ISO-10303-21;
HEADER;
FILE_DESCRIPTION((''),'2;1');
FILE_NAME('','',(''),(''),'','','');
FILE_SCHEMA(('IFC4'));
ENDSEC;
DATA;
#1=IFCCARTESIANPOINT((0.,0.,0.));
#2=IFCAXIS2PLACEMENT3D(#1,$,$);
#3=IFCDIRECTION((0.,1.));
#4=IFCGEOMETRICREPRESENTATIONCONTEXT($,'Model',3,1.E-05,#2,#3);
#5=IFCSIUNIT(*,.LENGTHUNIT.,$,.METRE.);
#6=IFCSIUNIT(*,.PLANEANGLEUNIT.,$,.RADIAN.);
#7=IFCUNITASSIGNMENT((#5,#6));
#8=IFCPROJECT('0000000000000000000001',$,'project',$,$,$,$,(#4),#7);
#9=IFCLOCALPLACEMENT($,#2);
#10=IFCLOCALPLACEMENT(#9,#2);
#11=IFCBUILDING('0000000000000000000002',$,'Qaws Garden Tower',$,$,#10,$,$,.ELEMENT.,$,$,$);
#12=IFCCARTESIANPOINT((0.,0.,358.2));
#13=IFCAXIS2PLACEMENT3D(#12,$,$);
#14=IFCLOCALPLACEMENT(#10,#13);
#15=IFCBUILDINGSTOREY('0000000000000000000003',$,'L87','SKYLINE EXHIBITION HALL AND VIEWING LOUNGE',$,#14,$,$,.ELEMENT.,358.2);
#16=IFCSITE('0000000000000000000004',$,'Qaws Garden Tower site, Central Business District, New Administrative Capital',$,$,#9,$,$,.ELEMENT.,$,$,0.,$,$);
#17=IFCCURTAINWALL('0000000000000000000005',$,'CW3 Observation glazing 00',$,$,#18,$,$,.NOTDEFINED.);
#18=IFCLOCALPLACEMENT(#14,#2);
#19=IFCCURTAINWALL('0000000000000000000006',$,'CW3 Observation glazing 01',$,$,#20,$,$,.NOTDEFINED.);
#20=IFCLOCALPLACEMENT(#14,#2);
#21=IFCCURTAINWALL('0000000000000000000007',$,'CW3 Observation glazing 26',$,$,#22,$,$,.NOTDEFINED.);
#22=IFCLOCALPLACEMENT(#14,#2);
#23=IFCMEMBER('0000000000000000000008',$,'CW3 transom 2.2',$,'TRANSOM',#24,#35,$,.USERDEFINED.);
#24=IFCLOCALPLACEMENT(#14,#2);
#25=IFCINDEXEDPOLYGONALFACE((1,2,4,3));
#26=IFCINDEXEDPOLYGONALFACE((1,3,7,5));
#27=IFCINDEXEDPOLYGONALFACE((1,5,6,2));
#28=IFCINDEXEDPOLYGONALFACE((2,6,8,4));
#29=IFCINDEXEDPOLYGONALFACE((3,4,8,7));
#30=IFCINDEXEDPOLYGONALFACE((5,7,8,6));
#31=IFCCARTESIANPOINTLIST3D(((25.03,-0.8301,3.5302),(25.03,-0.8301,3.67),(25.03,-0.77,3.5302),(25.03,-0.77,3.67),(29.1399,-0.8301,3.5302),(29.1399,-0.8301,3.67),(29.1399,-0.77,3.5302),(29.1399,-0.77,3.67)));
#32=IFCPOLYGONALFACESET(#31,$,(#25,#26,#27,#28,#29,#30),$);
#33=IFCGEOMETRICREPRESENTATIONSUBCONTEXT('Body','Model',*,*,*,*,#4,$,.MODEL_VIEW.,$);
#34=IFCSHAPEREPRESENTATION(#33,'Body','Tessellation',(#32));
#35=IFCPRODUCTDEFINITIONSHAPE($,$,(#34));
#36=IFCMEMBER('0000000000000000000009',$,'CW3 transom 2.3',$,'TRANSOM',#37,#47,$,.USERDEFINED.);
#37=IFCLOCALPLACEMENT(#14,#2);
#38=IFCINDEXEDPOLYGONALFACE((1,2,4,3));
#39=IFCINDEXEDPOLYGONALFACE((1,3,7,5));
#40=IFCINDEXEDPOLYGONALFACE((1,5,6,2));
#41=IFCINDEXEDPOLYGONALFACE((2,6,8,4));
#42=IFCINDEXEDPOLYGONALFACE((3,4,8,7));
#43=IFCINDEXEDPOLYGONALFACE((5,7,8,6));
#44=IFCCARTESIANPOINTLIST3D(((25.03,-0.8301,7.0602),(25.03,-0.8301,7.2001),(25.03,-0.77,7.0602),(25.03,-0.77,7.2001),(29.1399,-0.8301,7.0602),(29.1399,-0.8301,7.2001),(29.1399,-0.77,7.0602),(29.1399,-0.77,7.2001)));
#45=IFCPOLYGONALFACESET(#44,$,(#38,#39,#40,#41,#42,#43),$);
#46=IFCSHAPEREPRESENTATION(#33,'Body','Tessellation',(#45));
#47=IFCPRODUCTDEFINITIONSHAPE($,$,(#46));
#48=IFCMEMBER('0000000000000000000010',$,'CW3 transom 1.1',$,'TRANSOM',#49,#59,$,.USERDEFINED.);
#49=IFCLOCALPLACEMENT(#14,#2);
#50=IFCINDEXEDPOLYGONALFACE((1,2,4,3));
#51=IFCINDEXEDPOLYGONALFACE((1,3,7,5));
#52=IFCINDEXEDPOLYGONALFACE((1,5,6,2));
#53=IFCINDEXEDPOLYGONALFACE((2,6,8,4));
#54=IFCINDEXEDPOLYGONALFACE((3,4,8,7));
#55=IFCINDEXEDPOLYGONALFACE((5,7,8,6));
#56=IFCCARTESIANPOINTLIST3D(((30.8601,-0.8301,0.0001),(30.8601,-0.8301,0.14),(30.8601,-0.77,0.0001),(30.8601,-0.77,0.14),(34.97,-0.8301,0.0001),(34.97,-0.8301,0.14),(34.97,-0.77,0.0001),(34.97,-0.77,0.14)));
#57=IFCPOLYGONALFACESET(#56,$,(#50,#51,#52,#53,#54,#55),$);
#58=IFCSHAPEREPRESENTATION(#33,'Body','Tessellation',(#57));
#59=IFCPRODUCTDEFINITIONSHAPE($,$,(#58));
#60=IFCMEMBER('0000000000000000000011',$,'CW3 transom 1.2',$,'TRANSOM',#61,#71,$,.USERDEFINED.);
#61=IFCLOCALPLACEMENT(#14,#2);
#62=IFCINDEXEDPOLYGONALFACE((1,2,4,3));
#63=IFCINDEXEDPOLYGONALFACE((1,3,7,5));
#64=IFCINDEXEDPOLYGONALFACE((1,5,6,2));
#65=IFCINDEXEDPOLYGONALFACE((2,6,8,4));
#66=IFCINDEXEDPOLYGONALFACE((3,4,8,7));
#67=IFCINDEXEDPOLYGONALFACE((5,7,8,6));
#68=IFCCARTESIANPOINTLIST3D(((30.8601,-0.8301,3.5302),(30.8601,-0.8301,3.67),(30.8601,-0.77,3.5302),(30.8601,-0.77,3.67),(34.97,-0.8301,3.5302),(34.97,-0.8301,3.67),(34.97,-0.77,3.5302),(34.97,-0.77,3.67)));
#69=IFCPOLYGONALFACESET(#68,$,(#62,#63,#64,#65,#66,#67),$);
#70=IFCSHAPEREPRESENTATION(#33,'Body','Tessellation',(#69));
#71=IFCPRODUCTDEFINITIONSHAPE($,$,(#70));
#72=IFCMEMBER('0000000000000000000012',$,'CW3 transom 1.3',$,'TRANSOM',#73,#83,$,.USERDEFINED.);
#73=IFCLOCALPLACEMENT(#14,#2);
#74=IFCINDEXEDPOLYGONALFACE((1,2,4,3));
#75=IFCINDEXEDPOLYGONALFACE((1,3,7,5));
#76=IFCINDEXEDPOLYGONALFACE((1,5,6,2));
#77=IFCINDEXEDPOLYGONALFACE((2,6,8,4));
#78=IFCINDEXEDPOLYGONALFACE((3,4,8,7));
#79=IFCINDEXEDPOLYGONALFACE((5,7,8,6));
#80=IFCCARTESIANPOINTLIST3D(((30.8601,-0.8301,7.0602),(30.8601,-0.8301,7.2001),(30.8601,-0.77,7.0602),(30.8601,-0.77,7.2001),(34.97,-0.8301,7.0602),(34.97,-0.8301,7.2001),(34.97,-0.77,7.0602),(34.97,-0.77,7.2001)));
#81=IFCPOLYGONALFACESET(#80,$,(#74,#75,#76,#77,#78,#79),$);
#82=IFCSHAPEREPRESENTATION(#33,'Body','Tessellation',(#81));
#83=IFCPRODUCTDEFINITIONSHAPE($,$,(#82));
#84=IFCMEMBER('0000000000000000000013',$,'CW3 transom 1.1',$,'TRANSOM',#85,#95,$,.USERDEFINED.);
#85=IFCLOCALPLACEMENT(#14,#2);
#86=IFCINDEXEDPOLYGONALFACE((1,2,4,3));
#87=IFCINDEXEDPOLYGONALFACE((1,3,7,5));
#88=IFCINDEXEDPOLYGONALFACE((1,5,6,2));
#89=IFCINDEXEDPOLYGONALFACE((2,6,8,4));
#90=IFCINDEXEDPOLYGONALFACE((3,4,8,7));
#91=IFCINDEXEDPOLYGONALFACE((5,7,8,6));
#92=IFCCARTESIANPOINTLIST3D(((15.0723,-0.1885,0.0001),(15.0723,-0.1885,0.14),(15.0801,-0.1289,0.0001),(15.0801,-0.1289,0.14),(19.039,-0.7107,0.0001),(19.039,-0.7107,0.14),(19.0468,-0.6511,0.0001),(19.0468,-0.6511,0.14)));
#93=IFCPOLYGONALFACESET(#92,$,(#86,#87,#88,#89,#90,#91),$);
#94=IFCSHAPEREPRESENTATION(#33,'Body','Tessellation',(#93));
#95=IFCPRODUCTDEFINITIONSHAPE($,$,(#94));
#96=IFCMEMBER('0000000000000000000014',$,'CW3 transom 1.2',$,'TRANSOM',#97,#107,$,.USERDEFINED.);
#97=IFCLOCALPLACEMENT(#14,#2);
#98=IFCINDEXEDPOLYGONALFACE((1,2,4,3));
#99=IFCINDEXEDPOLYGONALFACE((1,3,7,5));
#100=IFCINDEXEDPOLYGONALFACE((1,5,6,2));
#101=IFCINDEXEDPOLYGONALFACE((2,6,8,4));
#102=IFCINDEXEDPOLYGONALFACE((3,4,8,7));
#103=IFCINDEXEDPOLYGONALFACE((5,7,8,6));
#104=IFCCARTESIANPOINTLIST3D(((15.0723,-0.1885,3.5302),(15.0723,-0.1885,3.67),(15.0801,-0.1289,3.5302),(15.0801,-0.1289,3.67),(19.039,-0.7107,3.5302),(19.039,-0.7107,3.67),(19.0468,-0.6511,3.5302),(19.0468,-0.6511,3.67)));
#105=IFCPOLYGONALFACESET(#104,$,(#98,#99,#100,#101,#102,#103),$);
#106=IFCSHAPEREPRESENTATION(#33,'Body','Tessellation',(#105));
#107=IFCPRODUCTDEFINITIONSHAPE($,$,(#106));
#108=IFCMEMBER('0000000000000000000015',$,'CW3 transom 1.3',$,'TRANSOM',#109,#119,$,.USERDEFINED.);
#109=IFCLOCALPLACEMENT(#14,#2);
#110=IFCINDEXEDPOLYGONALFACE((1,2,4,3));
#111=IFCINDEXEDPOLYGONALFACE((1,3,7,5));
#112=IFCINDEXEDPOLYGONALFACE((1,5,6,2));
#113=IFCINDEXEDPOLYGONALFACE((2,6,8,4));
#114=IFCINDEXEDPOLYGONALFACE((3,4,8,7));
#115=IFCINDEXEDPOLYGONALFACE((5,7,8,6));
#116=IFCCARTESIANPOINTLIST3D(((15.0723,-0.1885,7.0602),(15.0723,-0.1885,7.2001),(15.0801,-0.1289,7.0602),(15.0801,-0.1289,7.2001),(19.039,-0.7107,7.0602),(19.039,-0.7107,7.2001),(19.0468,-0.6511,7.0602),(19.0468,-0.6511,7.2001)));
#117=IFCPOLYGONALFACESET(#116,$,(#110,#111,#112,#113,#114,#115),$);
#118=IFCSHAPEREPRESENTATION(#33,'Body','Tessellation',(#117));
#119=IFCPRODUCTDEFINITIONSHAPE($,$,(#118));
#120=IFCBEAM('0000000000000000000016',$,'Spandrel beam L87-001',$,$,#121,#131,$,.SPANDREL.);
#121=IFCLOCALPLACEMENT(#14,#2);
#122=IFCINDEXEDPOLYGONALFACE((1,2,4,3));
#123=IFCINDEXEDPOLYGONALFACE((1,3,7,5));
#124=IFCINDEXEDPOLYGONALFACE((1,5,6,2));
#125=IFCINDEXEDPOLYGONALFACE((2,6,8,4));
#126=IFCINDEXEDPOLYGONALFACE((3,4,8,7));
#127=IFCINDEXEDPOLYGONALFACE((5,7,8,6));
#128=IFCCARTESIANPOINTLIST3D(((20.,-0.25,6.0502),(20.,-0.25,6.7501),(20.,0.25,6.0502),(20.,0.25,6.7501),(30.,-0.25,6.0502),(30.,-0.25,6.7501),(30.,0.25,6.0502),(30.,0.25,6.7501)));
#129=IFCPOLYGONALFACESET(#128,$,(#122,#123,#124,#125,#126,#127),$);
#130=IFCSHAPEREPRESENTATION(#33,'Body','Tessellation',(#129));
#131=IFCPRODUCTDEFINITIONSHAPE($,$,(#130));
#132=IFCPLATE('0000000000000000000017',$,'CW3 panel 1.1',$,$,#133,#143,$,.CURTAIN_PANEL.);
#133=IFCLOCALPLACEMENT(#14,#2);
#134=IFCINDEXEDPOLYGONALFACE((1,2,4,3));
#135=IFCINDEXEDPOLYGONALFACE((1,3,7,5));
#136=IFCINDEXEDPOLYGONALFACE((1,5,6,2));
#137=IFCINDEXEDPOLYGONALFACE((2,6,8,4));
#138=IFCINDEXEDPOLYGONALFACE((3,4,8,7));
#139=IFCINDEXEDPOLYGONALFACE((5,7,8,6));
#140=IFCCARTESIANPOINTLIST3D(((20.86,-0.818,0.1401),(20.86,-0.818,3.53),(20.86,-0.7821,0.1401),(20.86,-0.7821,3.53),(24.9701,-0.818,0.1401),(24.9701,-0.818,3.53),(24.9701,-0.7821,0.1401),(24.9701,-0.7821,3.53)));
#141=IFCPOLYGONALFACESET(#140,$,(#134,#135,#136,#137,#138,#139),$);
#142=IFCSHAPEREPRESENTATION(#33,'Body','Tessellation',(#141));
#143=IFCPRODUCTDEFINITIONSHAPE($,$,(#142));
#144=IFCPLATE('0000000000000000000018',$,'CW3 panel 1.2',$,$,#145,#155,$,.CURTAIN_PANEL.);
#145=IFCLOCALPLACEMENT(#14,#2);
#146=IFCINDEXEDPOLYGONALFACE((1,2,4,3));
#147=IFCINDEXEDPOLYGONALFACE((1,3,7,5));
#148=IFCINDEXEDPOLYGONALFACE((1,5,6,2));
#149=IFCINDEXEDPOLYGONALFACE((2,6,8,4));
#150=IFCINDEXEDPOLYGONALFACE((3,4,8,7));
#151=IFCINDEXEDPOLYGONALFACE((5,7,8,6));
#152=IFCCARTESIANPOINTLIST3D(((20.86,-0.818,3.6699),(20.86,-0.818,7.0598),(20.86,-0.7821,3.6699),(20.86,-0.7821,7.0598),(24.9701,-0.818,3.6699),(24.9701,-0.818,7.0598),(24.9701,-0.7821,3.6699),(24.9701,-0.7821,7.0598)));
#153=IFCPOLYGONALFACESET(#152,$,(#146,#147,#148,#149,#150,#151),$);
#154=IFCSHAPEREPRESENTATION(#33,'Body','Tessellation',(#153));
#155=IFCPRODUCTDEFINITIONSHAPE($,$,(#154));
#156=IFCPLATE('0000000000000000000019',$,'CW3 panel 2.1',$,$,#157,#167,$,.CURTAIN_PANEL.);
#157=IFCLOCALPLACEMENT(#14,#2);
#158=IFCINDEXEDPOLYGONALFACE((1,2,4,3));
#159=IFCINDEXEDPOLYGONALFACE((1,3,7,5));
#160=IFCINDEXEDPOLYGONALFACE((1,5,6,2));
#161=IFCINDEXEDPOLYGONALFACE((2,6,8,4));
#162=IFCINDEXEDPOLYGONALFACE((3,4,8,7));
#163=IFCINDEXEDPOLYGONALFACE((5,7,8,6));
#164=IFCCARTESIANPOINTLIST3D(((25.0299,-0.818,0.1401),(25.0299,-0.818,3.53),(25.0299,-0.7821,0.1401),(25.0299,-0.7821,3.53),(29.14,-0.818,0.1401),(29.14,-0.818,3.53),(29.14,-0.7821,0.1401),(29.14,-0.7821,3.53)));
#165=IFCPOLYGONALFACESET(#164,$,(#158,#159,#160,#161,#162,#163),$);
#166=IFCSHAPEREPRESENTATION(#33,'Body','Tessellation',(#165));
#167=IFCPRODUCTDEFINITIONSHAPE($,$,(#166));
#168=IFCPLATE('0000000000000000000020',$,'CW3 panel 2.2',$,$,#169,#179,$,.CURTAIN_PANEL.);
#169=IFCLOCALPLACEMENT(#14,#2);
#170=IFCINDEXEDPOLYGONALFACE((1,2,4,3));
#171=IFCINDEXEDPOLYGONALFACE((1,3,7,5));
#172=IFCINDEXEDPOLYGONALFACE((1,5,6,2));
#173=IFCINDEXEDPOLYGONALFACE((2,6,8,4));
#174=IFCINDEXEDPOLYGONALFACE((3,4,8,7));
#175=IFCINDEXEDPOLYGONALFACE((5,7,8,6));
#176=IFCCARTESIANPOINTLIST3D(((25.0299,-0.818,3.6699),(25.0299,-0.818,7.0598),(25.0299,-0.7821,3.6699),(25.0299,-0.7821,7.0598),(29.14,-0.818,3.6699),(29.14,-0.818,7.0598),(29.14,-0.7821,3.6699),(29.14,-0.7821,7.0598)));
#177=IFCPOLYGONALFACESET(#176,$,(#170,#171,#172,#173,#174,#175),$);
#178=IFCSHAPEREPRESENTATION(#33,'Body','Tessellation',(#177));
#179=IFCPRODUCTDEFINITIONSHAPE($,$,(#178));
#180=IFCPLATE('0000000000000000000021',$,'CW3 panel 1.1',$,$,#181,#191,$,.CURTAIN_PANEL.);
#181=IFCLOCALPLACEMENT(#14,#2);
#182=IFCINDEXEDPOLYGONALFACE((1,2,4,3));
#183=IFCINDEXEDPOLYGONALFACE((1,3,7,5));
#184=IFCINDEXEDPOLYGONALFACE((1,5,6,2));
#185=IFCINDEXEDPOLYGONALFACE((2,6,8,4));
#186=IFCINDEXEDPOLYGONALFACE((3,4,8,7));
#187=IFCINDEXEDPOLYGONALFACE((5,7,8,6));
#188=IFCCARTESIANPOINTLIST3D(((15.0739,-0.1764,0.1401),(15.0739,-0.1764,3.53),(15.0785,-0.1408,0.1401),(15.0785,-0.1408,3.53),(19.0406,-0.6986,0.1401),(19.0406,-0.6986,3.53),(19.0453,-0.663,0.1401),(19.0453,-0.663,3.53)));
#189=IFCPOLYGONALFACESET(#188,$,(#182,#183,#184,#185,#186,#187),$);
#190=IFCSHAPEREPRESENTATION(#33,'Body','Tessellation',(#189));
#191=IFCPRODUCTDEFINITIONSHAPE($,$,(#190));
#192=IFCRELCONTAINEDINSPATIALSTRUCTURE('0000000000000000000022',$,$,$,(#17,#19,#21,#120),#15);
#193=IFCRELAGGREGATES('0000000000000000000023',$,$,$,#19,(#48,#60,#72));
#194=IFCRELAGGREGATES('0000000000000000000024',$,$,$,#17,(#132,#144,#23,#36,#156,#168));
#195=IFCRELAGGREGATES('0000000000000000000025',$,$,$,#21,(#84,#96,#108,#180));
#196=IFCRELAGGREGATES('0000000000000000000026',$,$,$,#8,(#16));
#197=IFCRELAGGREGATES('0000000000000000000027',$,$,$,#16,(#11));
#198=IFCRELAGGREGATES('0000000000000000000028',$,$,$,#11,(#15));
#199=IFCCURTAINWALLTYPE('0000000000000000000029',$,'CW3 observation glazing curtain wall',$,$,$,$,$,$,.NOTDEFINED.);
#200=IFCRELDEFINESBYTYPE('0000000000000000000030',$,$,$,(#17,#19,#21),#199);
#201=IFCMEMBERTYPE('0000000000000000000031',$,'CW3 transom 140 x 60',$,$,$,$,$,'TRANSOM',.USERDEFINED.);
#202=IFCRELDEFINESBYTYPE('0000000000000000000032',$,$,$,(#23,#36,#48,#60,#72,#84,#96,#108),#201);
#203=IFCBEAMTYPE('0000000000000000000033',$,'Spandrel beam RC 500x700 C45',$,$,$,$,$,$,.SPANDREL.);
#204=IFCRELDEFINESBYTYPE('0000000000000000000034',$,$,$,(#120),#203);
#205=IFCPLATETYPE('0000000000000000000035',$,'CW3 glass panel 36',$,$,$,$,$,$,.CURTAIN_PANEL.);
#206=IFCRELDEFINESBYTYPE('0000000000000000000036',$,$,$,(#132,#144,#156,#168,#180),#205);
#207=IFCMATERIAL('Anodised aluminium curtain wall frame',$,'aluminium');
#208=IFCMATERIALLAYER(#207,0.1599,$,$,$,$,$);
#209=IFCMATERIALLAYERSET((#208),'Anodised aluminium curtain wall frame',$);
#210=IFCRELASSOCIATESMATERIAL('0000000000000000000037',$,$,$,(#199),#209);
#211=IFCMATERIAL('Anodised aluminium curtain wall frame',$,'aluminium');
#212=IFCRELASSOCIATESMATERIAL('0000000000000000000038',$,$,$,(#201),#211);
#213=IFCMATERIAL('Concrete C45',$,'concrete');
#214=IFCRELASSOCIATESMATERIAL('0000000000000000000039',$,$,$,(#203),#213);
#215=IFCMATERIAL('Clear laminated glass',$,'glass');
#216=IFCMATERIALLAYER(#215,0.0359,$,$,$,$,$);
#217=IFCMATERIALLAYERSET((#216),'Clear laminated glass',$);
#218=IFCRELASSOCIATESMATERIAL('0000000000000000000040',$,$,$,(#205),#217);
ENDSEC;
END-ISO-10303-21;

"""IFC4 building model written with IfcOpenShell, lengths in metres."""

from ifc_helpers import new_model, si_unit, direction, frame, origin, origin_2d, place, context, subcontext, project, spatial, rectangle, extrude, material, layer, layer_set, material_profile, profile_set, type_object, element, aggregate, save


model = new_model("IFC4")

# Units and contexts
model_context = context("Model", 3, precision=1e-05, world=origin(), true_north=direction((0.0, 1.0)))
body_context = subcontext(model_context, "Body", "Model", "MODEL_VIEW")
ifc_project = project(units=[si_unit("LENGTHUNIT", "METRE"), si_unit("PLANEANGLEUNIT", "RADIAN")], contexts=[model_context])

# Site, building, storey
site_placement = place(None, origin())
site = spatial("IfcSite", under=ifc_project, at=site_placement, Name="Qaws Garden Tower site, Central Business District, New Administrative Capital", CompositionType="ELEMENT", RefElevation=0.0)
building_placement = place(site_placement, origin())
building = spatial("IfcBuilding", under=site, at=building_placement, Name="Qaws Garden Tower", CompositionType="ELEMENT")
storey_placement = place(building_placement, frame((0.0, 0.0, 358.2)))
storey = spatial("IfcBuildingStorey", under=building, at=storey_placement, Name="L87", Description="SKYLINE EXHIBITION HALL AND VIEWING LOUNGE", CompositionType="ELEMENT", Elevation=358.2)

# Curtain wall
ifc_material_1 = material(Name="Anodised aluminium curtain wall frame", Category="aluminium")
ifc_layer_1 = layer(ifc_material_1, 0.1599)
ifc_layer_set_1 = layer_set([ifc_layer_1], Name="Anodised aluminium curtain wall frame")
curtain_wall_type = type_object("IfcCurtainWallType", Name="CW3 observation glazing curtain wall", PredefinedType="NOTDEFINED", material=ifc_layer_set_1)
placement = place(storey_placement, origin())
curtain_wall_1 = element("IfcCurtainWall", 1, at=placement, inside=storey, type_object=curtain_wall_type, Name="CW3 Observation glazing 00", PredefinedType="NOTDEFINED")

# Curtain wall
curtain_wall_2 = element("IfcCurtainWall", 2, at=placement, inside=storey, type_object=curtain_wall_type, Name="CW3 Observation glazing 01", PredefinedType="NOTDEFINED")

# Curtain wall
curtain_wall_3 = element("IfcCurtainWall", 3, at=placement, inside=storey, type_object=curtain_wall_type, Name="CW3 Observation glazing 26", PredefinedType="NOTDEFINED")

# Members
ifc_material_2 = material(Name="Anodised aluminium curtain wall frame", Category="aluminium")
ifc_material_profile_1 = material_profile(ifc_material_2, rectangle(XDim=0.0601, YDim=0.1399, at=origin_2d()), Name="AL 60x140")
ifc_profile_set_1 = profile_set([ifc_material_profile_1], Name="Anodised aluminium curtain wall frame")
member_type_1 = type_object("IfcMemberType", Name="CW3 transom 140 x 60", ElementType="TRANSOM", PredefinedType="USERDEFINED", material=ifc_profile_set_1)
member_1_placement = place(storey_placement, frame((25.03, -0.8, 3.6001), z_axis=(1.0, 0.0, 0.0), x_axis=(0.0, 1.0, 0.0)))
member_1 = element("IfcMember", 4, at=member_1_placement, type_object=member_type_1, Name="CW3 transom 2.2", ObjectType="TRANSOM", PredefinedType="USERDEFINED", context=body_context, shape_type="SweptSolid", body=[
    extrude(rectangle(XDim=0.0601, YDim=0.1399, at=origin_2d()), origin(), (0.0, 0.0, 1.0), 4.1099),
])
member_2_placement = place(storey_placement, frame((25.03, -0.8, 7.1301), z_axis=(1.0, 0.0, 0.0), x_axis=(0.0, 1.0, 0.0)))
member_2 = element("IfcMember", 5, at=member_2_placement, type_object=member_type_1, Name="CW3 transom 2.3", ObjectType="TRANSOM", PredefinedType="USERDEFINED", context=body_context, shape_type="SweptSolid", body=[
    extrude(rectangle(XDim=0.0601, YDim=0.1399, at=origin_2d()), origin(), (0.0, 0.0, 1.0), 4.1099),
])
member_3_placement = place(storey_placement, frame((30.8601, -0.8, 0.0701), z_axis=(1.0, 0.0, 0.0), x_axis=(0.0, 1.0, 0.0)))
member_3 = element("IfcMember", 6, at=member_3_placement, type_object=member_type_1, Name="CW3 transom 1.1", ObjectType="TRANSOM", PredefinedType="USERDEFINED", context=body_context, shape_type="SweptSolid", body=[
    extrude(rectangle(XDim=0.0601, YDim=0.1399, at=origin_2d()), origin(), (0.0, 0.0, 1.0), 4.1099),
])
member_4_placement = place(storey_placement, frame((30.8601, -0.8, 3.6001), z_axis=(1.0, 0.0, 0.0), x_axis=(0.0, 1.0, 0.0)))
member_4 = element("IfcMember", 7, at=member_4_placement, type_object=member_type_1, Name="CW3 transom 1.2", ObjectType="TRANSOM", PredefinedType="USERDEFINED", context=body_context, shape_type="SweptSolid", body=[
    extrude(rectangle(XDim=0.0601, YDim=0.1399, at=origin_2d()), origin(), (0.0, 0.0, 1.0), 4.1099),
])
member_5_placement = place(storey_placement, frame((30.8601, -0.8, 7.1301), z_axis=(1.0, 0.0, 0.0), x_axis=(0.0, 1.0, 0.0)))
member_5 = element("IfcMember", 8, at=member_5_placement, type_object=member_type_1, Name="CW3 transom 1.3", ObjectType="TRANSOM", PredefinedType="USERDEFINED", context=body_context, shape_type="SweptSolid", body=[
    extrude(rectangle(XDim=0.0601, YDim=0.1399, at=origin_2d()), origin(), (0.0, 0.0, 1.0), 4.1099),
])
aggregate(curtain_wall_2, [member_3, member_4, member_5])
member_6_placement = place(storey_placement, frame((15.0762, -0.1587, 0.0701), z_axis=(0.991446, -0.130521, 0.0), x_axis=(0.130521, 0.991446, 0.0)))
member_6 = element("IfcMember", 9, at=member_6_placement, type_object=member_type_1, Name="CW3 transom 1.1", ObjectType="TRANSOM", PredefinedType="USERDEFINED", context=body_context, shape_type="SweptSolid", body=[
    extrude(rectangle(XDim=0.0601, YDim=0.1399, at=origin_2d()), origin(), (0.0, 0.0, 1.0), 4.001),
])
member_7_placement = place(storey_placement, frame((15.0762, -0.1587, 3.6001), z_axis=(0.991446, -0.130521, 0.0), x_axis=(0.130521, 0.991446, 0.0)))
member_7 = element("IfcMember", 10, at=member_7_placement, type_object=member_type_1, Name="CW3 transom 1.2", ObjectType="TRANSOM", PredefinedType="USERDEFINED", context=body_context, shape_type="SweptSolid", body=[
    extrude(rectangle(XDim=0.0601, YDim=0.1399, at=origin_2d()), origin(), (0.0, 0.0, 1.0), 4.001),
])
member_8_placement = place(storey_placement, frame((15.0762, -0.1587, 7.1301), z_axis=(0.991446, -0.130521, 0.0), x_axis=(0.130521, 0.991446, 0.0)))
member_8 = element("IfcMember", 11, at=member_8_placement, type_object=member_type_1, Name="CW3 transom 1.3", ObjectType="TRANSOM", PredefinedType="USERDEFINED", context=body_context, shape_type="SweptSolid", body=[
    extrude(rectangle(XDim=0.0601, YDim=0.1399, at=origin_2d()), origin(), (0.0, 0.0, 1.0), 4.001),
])

# Beam
ifc_material_3 = material(Name="Concrete C45", Category="concrete")
ifc_material_profile_2 = material_profile(ifc_material_3, rectangle(XDim=0.5, YDim=0.7, at=origin_2d()), Name="RC 500x700")
ifc_profile_set_2 = profile_set([ifc_material_profile_2], Name="Concrete C45")
beam_type = type_object("IfcBeamType", Name="Spandrel beam RC 500x700 C45", PredefinedType="SPANDREL", material=ifc_profile_set_2)
beam_placement = place(storey_placement, frame((20.0, 0.0, 6.4001), z_axis=(1.0, 0.0, 0.0), x_axis=(0.0, 1.0, 0.0)))
element("IfcBeam", 12, at=beam_placement, inside=storey, type_object=beam_type, Name="Spandrel beam L87-001", PredefinedType="SPANDREL", context=body_context, shape_type="SweptSolid", body=[
    extrude(rectangle(XDim=0.5, YDim=0.7, at=origin_2d()), origin(), (0.0, 0.0, 1.0), 10.0),
])

# Plates
ifc_material_4 = material(Name="Clear laminated glass", Category="glass")
ifc_layer_2 = layer(ifc_material_4, 0.0359)
ifc_layer_set_2 = layer_set([ifc_layer_2], Name="Clear laminated glass")
plate_type = type_object("IfcPlateType", Name="CW3 glass panel 36", PredefinedType="CURTAIN_PANEL", material=ifc_layer_set_2)
plate_1_placement = place(storey_placement, frame((22.915, -0.8, 0.1401), z_axis=(0.0, 0.0, 1.0), x_axis=(1.0, 0.0, 0.0)))
plate_1 = element("IfcPlate", 13, at=plate_1_placement, type_object=plate_type, Name="CW3 panel 1.1", PredefinedType="CURTAIN_PANEL", context=body_context, shape_type="SweptSolid", body=[
    extrude(rectangle(XDim=4.1101, YDim=0.0359, at=origin_2d()), origin(), (0.0, 0.0, 1.0), 3.3899),
])
plate_2_placement = place(storey_placement, frame((22.915, -0.8, 3.6699), z_axis=(0.0, 0.0, 1.0), x_axis=(1.0, 0.0, 0.0)))
plate_2 = element("IfcPlate", 14, at=plate_2_placement, type_object=plate_type, Name="CW3 panel 1.2", PredefinedType="CURTAIN_PANEL", context=body_context, shape_type="SweptSolid", body=[
    extrude(rectangle(XDim=4.1101, YDim=0.0359, at=origin_2d()), origin(), (0.0, 0.0, 1.0), 3.3899),
])
plate_3_placement = place(storey_placement, frame((27.085, -0.8, 0.1401), z_axis=(0.0, 0.0, 1.0), x_axis=(1.0, 0.0, 0.0)))
plate_3 = element("IfcPlate", 15, at=plate_3_placement, type_object=plate_type, Name="CW3 panel 2.1", PredefinedType="CURTAIN_PANEL", context=body_context, shape_type="SweptSolid", body=[
    extrude(rectangle(XDim=4.1101, YDim=0.0359, at=origin_2d()), origin(), (0.0, 0.0, 1.0), 3.3899),
])
plate_4_placement = place(storey_placement, frame((27.085, -0.8, 3.6699), z_axis=(0.0, 0.0, 1.0), x_axis=(1.0, 0.0, 0.0)))
plate_4 = element("IfcPlate", 16, at=plate_4_placement, type_object=plate_type, Name="CW3 panel 2.2", PredefinedType="CURTAIN_PANEL", context=body_context, shape_type="SweptSolid", body=[
    extrude(rectangle(XDim=4.1101, YDim=0.0359, at=origin_2d()), origin(), (0.0, 0.0, 1.0), 3.3899),
])
aggregate(curtain_wall_1, [plate_1, plate_2, member_1, member_2, plate_3, plate_4])
plate_5_placement = place(storey_placement, frame((17.0596, -0.4197, 0.1401), z_axis=(0.0, 0.0, 1.0), x_axis=(0.991445, -0.130526, 0.0)))
plate_5 = element("IfcPlate", 17, at=plate_5_placement, type_object=plate_type, Name="CW3 panel 1.1", PredefinedType="CURTAIN_PANEL", context=body_context, shape_type="SweptSolid", body=[
    extrude(rectangle(XDim=4.001, YDim=0.0359, at=origin_2d()), origin(), (0.0, 0.0, 1.0), 3.3899),
])
aggregate(curtain_wall_3, [member_6, member_7, member_8, plate_5])

save(model, "model.ifc")
